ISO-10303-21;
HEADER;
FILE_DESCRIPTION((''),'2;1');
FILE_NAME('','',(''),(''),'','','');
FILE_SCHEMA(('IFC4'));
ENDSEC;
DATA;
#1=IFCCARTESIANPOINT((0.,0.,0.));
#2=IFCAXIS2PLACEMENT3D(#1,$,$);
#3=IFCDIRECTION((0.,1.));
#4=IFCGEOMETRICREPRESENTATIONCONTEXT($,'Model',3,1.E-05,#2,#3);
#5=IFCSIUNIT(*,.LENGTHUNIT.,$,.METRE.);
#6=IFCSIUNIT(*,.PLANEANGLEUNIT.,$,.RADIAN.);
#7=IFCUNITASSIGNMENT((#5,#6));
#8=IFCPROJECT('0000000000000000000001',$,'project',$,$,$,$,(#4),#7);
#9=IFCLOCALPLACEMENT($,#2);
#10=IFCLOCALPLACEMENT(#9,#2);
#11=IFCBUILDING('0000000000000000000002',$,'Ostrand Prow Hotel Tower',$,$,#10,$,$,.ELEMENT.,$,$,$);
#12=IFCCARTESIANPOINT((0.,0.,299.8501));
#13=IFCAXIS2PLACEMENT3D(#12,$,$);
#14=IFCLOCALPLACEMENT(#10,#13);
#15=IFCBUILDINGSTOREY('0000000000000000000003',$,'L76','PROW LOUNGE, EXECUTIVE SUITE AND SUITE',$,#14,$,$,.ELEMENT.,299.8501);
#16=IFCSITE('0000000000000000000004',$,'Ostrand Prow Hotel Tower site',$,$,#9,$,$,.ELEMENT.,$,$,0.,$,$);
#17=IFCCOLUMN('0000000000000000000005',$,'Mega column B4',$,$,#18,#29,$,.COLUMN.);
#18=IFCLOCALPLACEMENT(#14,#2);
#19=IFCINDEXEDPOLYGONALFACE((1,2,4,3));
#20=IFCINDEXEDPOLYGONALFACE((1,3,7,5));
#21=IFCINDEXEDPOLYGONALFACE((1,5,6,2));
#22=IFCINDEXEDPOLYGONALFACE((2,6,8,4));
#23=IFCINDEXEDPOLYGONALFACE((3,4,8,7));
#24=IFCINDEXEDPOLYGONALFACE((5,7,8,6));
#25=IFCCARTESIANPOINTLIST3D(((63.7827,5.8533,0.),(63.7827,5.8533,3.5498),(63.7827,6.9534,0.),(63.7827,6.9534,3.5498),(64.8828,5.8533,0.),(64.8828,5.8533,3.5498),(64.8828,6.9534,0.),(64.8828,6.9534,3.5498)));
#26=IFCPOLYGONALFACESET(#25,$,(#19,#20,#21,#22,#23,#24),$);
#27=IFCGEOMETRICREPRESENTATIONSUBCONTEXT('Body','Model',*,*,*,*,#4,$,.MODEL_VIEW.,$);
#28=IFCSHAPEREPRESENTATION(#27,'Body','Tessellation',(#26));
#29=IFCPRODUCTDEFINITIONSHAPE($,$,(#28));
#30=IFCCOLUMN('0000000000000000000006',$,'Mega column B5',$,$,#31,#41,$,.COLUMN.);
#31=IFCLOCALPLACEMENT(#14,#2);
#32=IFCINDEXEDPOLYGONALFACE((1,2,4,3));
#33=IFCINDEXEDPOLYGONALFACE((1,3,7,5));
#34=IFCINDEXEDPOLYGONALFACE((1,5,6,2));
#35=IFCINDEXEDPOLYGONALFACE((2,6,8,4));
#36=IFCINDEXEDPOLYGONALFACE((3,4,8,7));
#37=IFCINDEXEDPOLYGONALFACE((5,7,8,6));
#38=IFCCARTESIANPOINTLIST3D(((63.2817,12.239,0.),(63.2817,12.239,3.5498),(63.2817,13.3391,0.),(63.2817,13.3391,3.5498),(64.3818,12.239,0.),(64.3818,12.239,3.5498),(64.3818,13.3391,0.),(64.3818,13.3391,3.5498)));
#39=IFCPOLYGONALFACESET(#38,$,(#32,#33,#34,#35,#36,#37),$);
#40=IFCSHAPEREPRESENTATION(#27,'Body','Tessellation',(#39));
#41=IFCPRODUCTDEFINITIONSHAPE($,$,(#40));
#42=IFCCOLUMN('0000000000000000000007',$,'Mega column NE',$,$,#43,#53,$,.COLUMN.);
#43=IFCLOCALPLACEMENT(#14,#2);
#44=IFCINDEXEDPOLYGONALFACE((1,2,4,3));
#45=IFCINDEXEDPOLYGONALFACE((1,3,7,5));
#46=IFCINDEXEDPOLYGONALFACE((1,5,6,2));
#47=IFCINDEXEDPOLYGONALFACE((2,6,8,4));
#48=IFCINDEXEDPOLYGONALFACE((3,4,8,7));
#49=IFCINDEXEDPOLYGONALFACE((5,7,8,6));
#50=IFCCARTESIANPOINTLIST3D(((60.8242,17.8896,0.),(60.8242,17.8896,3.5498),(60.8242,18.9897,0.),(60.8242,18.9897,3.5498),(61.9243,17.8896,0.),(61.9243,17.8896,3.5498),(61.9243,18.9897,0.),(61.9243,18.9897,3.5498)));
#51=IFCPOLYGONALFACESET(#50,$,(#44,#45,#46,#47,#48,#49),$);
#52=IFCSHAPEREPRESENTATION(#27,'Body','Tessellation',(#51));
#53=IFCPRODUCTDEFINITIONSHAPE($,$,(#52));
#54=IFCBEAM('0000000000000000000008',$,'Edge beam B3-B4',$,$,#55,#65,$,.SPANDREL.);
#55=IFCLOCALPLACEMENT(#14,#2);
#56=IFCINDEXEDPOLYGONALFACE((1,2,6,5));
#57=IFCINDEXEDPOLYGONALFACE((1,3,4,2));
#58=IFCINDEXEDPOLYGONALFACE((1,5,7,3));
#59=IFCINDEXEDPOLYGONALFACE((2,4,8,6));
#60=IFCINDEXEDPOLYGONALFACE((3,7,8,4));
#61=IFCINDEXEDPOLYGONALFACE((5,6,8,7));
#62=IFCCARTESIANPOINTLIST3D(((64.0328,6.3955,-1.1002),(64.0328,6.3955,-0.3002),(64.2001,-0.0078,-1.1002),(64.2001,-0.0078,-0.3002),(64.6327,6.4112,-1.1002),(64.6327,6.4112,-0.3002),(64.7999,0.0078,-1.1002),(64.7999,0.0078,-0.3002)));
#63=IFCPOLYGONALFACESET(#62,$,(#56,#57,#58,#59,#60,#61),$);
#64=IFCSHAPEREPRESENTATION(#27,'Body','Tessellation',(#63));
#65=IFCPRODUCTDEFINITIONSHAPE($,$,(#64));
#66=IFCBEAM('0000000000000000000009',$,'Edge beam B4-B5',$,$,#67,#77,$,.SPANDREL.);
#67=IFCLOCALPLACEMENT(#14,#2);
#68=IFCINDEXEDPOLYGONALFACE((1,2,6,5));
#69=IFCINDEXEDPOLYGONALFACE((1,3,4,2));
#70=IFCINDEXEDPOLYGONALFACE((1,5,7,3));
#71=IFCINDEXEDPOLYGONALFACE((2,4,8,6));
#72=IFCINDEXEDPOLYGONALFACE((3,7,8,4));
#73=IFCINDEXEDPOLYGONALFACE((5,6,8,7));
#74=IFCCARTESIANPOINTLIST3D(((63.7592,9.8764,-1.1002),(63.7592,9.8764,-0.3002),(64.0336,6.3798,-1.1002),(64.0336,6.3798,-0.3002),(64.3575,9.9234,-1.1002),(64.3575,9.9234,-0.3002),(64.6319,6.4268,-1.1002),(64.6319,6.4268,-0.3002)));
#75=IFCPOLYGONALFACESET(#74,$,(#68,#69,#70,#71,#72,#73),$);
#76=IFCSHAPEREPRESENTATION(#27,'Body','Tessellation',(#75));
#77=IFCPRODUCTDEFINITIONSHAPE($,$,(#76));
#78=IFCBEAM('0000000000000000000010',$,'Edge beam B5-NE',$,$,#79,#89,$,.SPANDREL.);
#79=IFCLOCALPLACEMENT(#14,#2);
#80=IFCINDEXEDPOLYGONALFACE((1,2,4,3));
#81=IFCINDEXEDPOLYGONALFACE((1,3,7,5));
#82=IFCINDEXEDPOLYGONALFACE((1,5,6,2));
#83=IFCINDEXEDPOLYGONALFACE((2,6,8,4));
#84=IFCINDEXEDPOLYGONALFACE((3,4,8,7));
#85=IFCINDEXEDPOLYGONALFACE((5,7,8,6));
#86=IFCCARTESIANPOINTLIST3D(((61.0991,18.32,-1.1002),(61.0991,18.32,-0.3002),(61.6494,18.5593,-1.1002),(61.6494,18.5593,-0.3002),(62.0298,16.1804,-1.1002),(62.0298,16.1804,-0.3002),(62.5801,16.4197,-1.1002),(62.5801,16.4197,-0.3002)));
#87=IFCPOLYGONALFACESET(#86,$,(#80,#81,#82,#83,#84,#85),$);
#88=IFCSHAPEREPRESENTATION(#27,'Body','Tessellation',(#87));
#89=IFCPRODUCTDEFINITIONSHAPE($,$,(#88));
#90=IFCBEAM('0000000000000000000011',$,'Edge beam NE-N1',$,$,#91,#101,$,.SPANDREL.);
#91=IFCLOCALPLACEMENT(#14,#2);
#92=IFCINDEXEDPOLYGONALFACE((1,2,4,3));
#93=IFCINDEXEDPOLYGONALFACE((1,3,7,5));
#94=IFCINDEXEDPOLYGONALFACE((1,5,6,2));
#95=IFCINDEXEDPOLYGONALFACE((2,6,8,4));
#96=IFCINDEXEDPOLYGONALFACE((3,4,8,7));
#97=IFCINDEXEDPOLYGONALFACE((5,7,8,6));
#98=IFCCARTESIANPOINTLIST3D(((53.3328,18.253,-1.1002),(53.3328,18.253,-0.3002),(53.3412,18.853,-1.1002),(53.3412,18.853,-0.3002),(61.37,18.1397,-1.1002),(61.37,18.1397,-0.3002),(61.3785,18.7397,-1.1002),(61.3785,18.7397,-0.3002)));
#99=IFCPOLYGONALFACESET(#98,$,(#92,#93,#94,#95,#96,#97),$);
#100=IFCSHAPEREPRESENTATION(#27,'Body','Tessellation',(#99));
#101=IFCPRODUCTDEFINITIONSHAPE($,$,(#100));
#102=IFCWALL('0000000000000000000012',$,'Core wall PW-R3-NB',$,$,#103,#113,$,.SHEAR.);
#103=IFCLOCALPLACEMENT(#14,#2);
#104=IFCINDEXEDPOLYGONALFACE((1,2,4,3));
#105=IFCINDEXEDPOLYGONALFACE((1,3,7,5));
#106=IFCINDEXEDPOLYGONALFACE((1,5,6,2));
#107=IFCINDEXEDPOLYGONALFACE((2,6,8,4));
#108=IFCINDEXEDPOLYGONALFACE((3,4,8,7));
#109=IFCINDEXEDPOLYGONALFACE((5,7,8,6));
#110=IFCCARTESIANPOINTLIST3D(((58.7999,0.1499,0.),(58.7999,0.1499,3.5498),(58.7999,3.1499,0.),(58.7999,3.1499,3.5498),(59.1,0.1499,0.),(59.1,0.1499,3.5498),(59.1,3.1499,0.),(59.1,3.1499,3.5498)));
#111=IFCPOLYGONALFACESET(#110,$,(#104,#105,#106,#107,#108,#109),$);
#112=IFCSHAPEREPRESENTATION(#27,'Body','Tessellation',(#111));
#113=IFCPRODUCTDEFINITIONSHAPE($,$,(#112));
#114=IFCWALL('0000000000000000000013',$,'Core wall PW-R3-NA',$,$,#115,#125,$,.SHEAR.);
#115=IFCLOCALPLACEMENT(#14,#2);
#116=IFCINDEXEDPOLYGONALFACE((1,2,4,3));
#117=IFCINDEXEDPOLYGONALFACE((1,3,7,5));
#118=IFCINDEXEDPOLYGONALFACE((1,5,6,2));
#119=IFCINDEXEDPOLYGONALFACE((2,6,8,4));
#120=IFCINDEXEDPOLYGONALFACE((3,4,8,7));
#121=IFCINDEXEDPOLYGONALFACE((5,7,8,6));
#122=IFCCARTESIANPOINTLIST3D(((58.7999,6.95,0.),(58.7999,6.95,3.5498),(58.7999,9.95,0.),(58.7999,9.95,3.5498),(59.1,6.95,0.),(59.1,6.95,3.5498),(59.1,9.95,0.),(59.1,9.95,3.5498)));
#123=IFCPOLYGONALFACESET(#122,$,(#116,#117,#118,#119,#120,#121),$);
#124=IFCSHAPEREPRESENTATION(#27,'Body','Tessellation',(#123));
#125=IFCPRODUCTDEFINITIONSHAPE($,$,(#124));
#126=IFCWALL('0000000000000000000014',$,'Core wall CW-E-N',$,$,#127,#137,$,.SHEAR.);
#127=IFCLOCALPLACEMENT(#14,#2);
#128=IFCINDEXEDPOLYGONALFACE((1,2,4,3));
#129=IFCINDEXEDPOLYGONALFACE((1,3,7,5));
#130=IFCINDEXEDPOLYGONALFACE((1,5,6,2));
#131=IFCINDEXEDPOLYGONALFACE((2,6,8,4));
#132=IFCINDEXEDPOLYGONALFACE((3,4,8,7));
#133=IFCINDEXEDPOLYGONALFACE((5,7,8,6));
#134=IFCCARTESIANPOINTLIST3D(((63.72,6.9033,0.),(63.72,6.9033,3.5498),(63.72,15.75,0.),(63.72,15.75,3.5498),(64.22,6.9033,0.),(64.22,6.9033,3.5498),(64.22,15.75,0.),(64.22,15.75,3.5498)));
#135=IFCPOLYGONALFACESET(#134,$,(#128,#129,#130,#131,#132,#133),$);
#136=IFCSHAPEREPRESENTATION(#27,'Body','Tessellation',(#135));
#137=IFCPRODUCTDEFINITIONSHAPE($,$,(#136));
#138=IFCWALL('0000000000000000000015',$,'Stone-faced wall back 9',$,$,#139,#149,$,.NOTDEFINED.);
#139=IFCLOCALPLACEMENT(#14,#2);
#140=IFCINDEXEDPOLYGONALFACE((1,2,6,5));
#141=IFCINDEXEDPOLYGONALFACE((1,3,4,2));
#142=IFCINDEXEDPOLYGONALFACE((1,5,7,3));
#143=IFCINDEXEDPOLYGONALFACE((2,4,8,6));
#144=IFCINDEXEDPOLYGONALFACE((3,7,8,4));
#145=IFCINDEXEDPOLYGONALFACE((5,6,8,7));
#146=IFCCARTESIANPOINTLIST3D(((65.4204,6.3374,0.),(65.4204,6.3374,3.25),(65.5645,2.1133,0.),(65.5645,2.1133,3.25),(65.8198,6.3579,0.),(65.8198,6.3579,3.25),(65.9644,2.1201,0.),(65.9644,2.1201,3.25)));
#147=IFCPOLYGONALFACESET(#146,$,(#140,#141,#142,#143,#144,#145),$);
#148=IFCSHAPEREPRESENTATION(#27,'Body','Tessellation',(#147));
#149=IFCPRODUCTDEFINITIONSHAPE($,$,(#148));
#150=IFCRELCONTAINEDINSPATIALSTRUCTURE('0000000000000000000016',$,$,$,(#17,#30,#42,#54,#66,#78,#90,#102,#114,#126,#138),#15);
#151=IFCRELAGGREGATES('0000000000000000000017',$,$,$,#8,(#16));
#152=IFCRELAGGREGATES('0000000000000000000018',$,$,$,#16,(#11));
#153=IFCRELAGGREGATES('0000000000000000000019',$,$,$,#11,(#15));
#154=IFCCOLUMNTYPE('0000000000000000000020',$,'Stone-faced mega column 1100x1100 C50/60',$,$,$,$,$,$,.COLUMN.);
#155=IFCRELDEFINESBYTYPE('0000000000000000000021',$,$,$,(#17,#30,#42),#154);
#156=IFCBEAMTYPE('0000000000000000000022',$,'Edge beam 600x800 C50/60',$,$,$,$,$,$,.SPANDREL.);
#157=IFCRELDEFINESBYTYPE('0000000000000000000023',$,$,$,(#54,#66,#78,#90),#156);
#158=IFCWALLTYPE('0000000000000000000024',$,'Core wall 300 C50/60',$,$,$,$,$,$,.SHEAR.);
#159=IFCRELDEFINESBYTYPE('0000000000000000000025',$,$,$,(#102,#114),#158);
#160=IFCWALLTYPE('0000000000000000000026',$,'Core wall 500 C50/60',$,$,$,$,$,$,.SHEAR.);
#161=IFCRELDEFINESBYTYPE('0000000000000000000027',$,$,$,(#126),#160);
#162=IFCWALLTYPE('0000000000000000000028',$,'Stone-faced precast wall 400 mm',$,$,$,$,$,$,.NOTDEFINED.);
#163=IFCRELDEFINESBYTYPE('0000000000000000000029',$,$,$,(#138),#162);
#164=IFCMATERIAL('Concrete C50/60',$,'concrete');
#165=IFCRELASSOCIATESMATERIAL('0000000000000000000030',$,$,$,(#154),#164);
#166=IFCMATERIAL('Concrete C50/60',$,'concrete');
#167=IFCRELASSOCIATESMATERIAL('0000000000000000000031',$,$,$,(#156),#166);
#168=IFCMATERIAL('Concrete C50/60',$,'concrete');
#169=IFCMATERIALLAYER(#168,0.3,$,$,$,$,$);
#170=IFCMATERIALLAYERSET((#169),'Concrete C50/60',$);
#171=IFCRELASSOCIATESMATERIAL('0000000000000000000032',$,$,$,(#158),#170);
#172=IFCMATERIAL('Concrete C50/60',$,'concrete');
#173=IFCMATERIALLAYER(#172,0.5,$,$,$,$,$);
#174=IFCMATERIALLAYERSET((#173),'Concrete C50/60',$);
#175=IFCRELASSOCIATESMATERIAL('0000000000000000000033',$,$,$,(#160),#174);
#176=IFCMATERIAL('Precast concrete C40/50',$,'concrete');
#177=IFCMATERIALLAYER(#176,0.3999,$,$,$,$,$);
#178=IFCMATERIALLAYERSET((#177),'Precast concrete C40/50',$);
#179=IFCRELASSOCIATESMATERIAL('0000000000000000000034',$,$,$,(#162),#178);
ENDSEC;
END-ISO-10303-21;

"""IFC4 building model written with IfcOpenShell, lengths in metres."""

from ifc_helpers import new_model, si_unit, direction, frame, frame_2d, origin, origin_2d, place, context, subcontext, project, spatial, polyline, rectangle, outline, extrude, material, layer, layer_set, material_profile, profile_set, type_object, element, save


model = new_model("IFC4")

# Units and contexts
model_context = context("Model", 3, precision=1e-05, world=origin(), true_north=direction((0.0, 1.0)))
body_context = subcontext(model_context, "Body", "Model", "MODEL_VIEW")
ifc_project = project(units=[si_unit("LENGTHUNIT", "METRE"), si_unit("PLANEANGLEUNIT", "RADIAN")], contexts=[model_context])

# Site, building, storey
site_placement = place(None, origin())
site = spatial("IfcSite", under=ifc_project, at=site_placement, Name="Ostrand Prow Hotel Tower site", CompositionType="ELEMENT", RefElevation=0.0)
building_placement = place(site_placement, origin())
building = spatial("IfcBuilding", under=site, at=building_placement, Name="Ostrand Prow Hotel Tower", CompositionType="ELEMENT")
storey_placement = place(building_placement, frame((0.0, 0.0, 299.8501)))
storey = spatial("IfcBuildingStorey", under=building, at=storey_placement, Name="L76", Description="PROW LOUNGE, EXECUTIVE SUITE AND SUITE", CompositionType="ELEMENT", Elevation=299.8501)

# Columns
ifc_material_1 = material(Name="Concrete C50/60", Category="concrete")
ifc_material_profile_1 = material_profile(ifc_material_1, rectangle(XDim=1.1001, YDim=1.1001, at=origin_2d()), Name="RC 1100x1100")
ifc_profile_set_1 = profile_set([ifc_material_profile_1], Name="Concrete C50/60")
column_type = type_object("IfcColumnType", Name="Stone-faced mega column 1100x1100 C50/60", PredefinedType="COLUMN", material=ifc_profile_set_1)
for number, where, z_axis, x_axis, name in (
    (1, (64.3328, 6.4033, 0.0), (0.0, 0.0, 1.0), (1.0, 0.0, 0.0), "Mega column B4"),
    (2, (63.8318, 12.7891, 0.0), (0.0, 0.0, 1.0), (1.0, 0.0, 0.0), "Mega column B5"),
    (3, (61.3743, 18.4397, 0.0), (0.0, 0.0, 1.0), (1.0, 0.0, 0.0), "Mega column NE"),
):
    element("IfcColumn", number, at=place(storey_placement, frame(where, z_axis=z_axis, x_axis=x_axis)), inside=storey, type_object=column_type, Name=name, PredefinedType="COLUMN", context=body_context, shape_type="SweptSolid", body=[
        extrude(rectangle(XDim=1.1001, YDim=1.1001, at=origin_2d()), origin(), (0.0, 0.0, 1.0), 3.5498),
    ])

# Beams
ifc_material_2 = material(Name="Concrete C50/60", Category="concrete")
ifc_material_profile_2 = material_profile(ifc_material_2, rectangle(XDim=0.6001, YDim=0.8, at=origin_2d()), Name="RC 600x800")
ifc_profile_set_2 = profile_set([ifc_material_profile_2], Name="Concrete C50/60")
beam_type = type_object("IfcBeamType", Name="Edge beam 600x800 C50/60", PredefinedType="SPANDREL", material=ifc_profile_set_2)
beam_1_placement = place(storey_placement, frame((64.5, 0.0, -0.7002), z_axis=(-0.026108, 0.999659, 0.0), x_axis=(-0.999659, -0.026108, 0.0)))
element("IfcBeam", 4, at=beam_1_placement, inside=storey, type_object=beam_type, Name="Edge beam B3-B4", PredefinedType="SPANDREL", context=body_context, shape_type="SweptSolid", body=[
    extrude(rectangle(XDim=0.6001, YDim=0.8, at=origin_2d()), origin(), (0.0, 0.0, 1.0), 6.4055),
])
beam_2_placement = place(storey_placement, frame((64.3328, 6.4033, -0.7002), z_axis=(-0.07824, 0.996935, 0.0), x_axis=(-0.996935, -0.07824, 0.0)))
element("IfcBeam", 5, at=beam_2_placement, inside=storey, type_object=beam_type, Name="Edge beam B4-B5", PredefinedType="SPANDREL", context=body_context, shape_type="SweptSolid", body=[
    extrude(rectangle(XDim=0.6001, YDim=0.8, at=origin_2d()), origin(), (0.0, 0.0, 1.0), 3.5073),
])
beam_3_placement = place(storey_placement, frame((62.3049, 16.3, -0.7002), z_axis=(-0.398864, 0.91701, 0.0), x_axis=(-0.91701, -0.398864, 0.0)))
element("IfcBeam", 6, at=beam_3_placement, inside=storey, type_object=beam_type, Name="Edge beam B5-NE", PredefinedType="SPANDREL", context=body_context, shape_type="SweptSolid", body=[
    extrude(rectangle(XDim=0.6001, YDim=0.8, at=origin_2d()), origin(), (0.0, 0.0, 1.0), 2.3333),
])
beam_4_placement = place(storey_placement, frame((61.3743, 18.4397, -0.7002), z_axis=(-0.999901, 0.014093, 0.0), x_axis=(-0.014093, -0.999901, 0.0)))
element("IfcBeam", 7, at=beam_4_placement, inside=storey, type_object=beam_type, Name="Edge beam NE-N1", PredefinedType="SPANDREL", context=body_context, shape_type="SweptSolid", body=[
    extrude(rectangle(XDim=0.6001, YDim=0.8, at=origin_2d()), origin(), (0.0, 0.0, 1.0), 8.0381),
])

# Walls
ifc_material_3 = material(Name="Concrete C50/60", Category="concrete")
ifc_layer_1 = layer(ifc_material_3, 0.3)
ifc_layer_set_1 = layer_set([ifc_layer_1], Name="Concrete C50/60")
wall_type_1 = type_object("IfcWallType", Name="Core wall 300 C50/60", PredefinedType="SHEAR", material=ifc_layer_set_1)
for number, where, z_axis, x_axis, name in (
    (8, (58.95, 0.1499, 0.0), (0.0, 0.0, 1.0), (0.0, 1.0, 0.0), "Core wall PW-R3-NB"),
    (9, (58.95, 6.95, 0.0), (0.0, 0.0, 1.0), (0.0, 1.0, 0.0), "Core wall PW-R3-NA"),
):
    element("IfcWall", number, at=place(storey_placement, frame(where, z_axis=z_axis, x_axis=x_axis)), inside=storey, type_object=wall_type_1, Name=name, PredefinedType="SHEAR", context=body_context, shape_type="SweptSolid", body=[
        extrude(rectangle(XDim=3.0, YDim=0.3, at=frame_2d((1.5, 0.0))), origin(), (0.0, 0.0, 1.0), 3.5498),
    ])
ifc_material_4 = material(Name="Concrete C50/60", Category="concrete")
ifc_layer_2 = layer(ifc_material_4, 0.5)
ifc_layer_set_2 = layer_set([ifc_layer_2], Name="Concrete C50/60")
wall_type_2 = type_object("IfcWallType", Name="Core wall 500 C50/60", PredefinedType="SHEAR", material=ifc_layer_set_2)
wall_1_placement = place(storey_placement, frame((63.97, 6.9033, 0.0), z_axis=(0.0, 0.0, 1.0), x_axis=(0.0, 1.0, 0.0)))
element("IfcWall", 10, at=wall_1_placement, inside=storey, type_object=wall_type_2, Name="Core wall CW-E-N", PredefinedType="SHEAR", context=body_context, shape_type="SweptSolid", body=[
    extrude(rectangle(XDim=8.8467, YDim=0.5, at=frame_2d((4.4233, 0.0))), origin(), (0.0, 0.0, 1.0), 3.5498),
])
ifc_material_5 = material(Name="Precast concrete C40/50", Category="concrete")
ifc_layer_3 = layer(ifc_material_5, 0.3999)
ifc_layer_set_3 = layer_set([ifc_layer_3], Name="Precast concrete C40/50")
wall_type_3 = type_object("IfcWallType", Name="Stone-faced precast wall 400 mm", PredefinedType="NOTDEFINED", material=ifc_layer_set_3)
wall_2_placement = place(storey_placement, frame((65.7644, 2.1167, 0.0), z_axis=(0.0, 0.0, 1.0), x_axis=(-0.034083, 0.999419, 0.0)))
element("IfcWall", 11, at=wall_2_placement, inside=storey, type_object=wall_type_3, Name="Stone-faced wall back 9", PredefinedType="NOTDEFINED", context=body_context, shape_type="SweptSolid", body=[
    extrude(outline(polyline([(-0.0034, -0.2), (4.2368, -0.2), (4.23, 0.2), (0.0034, 0.2), (-0.0034, -0.2)])), origin(), (0.0, 0.0, 1.0), 3.25),
])

save(model, "model.ifc")
